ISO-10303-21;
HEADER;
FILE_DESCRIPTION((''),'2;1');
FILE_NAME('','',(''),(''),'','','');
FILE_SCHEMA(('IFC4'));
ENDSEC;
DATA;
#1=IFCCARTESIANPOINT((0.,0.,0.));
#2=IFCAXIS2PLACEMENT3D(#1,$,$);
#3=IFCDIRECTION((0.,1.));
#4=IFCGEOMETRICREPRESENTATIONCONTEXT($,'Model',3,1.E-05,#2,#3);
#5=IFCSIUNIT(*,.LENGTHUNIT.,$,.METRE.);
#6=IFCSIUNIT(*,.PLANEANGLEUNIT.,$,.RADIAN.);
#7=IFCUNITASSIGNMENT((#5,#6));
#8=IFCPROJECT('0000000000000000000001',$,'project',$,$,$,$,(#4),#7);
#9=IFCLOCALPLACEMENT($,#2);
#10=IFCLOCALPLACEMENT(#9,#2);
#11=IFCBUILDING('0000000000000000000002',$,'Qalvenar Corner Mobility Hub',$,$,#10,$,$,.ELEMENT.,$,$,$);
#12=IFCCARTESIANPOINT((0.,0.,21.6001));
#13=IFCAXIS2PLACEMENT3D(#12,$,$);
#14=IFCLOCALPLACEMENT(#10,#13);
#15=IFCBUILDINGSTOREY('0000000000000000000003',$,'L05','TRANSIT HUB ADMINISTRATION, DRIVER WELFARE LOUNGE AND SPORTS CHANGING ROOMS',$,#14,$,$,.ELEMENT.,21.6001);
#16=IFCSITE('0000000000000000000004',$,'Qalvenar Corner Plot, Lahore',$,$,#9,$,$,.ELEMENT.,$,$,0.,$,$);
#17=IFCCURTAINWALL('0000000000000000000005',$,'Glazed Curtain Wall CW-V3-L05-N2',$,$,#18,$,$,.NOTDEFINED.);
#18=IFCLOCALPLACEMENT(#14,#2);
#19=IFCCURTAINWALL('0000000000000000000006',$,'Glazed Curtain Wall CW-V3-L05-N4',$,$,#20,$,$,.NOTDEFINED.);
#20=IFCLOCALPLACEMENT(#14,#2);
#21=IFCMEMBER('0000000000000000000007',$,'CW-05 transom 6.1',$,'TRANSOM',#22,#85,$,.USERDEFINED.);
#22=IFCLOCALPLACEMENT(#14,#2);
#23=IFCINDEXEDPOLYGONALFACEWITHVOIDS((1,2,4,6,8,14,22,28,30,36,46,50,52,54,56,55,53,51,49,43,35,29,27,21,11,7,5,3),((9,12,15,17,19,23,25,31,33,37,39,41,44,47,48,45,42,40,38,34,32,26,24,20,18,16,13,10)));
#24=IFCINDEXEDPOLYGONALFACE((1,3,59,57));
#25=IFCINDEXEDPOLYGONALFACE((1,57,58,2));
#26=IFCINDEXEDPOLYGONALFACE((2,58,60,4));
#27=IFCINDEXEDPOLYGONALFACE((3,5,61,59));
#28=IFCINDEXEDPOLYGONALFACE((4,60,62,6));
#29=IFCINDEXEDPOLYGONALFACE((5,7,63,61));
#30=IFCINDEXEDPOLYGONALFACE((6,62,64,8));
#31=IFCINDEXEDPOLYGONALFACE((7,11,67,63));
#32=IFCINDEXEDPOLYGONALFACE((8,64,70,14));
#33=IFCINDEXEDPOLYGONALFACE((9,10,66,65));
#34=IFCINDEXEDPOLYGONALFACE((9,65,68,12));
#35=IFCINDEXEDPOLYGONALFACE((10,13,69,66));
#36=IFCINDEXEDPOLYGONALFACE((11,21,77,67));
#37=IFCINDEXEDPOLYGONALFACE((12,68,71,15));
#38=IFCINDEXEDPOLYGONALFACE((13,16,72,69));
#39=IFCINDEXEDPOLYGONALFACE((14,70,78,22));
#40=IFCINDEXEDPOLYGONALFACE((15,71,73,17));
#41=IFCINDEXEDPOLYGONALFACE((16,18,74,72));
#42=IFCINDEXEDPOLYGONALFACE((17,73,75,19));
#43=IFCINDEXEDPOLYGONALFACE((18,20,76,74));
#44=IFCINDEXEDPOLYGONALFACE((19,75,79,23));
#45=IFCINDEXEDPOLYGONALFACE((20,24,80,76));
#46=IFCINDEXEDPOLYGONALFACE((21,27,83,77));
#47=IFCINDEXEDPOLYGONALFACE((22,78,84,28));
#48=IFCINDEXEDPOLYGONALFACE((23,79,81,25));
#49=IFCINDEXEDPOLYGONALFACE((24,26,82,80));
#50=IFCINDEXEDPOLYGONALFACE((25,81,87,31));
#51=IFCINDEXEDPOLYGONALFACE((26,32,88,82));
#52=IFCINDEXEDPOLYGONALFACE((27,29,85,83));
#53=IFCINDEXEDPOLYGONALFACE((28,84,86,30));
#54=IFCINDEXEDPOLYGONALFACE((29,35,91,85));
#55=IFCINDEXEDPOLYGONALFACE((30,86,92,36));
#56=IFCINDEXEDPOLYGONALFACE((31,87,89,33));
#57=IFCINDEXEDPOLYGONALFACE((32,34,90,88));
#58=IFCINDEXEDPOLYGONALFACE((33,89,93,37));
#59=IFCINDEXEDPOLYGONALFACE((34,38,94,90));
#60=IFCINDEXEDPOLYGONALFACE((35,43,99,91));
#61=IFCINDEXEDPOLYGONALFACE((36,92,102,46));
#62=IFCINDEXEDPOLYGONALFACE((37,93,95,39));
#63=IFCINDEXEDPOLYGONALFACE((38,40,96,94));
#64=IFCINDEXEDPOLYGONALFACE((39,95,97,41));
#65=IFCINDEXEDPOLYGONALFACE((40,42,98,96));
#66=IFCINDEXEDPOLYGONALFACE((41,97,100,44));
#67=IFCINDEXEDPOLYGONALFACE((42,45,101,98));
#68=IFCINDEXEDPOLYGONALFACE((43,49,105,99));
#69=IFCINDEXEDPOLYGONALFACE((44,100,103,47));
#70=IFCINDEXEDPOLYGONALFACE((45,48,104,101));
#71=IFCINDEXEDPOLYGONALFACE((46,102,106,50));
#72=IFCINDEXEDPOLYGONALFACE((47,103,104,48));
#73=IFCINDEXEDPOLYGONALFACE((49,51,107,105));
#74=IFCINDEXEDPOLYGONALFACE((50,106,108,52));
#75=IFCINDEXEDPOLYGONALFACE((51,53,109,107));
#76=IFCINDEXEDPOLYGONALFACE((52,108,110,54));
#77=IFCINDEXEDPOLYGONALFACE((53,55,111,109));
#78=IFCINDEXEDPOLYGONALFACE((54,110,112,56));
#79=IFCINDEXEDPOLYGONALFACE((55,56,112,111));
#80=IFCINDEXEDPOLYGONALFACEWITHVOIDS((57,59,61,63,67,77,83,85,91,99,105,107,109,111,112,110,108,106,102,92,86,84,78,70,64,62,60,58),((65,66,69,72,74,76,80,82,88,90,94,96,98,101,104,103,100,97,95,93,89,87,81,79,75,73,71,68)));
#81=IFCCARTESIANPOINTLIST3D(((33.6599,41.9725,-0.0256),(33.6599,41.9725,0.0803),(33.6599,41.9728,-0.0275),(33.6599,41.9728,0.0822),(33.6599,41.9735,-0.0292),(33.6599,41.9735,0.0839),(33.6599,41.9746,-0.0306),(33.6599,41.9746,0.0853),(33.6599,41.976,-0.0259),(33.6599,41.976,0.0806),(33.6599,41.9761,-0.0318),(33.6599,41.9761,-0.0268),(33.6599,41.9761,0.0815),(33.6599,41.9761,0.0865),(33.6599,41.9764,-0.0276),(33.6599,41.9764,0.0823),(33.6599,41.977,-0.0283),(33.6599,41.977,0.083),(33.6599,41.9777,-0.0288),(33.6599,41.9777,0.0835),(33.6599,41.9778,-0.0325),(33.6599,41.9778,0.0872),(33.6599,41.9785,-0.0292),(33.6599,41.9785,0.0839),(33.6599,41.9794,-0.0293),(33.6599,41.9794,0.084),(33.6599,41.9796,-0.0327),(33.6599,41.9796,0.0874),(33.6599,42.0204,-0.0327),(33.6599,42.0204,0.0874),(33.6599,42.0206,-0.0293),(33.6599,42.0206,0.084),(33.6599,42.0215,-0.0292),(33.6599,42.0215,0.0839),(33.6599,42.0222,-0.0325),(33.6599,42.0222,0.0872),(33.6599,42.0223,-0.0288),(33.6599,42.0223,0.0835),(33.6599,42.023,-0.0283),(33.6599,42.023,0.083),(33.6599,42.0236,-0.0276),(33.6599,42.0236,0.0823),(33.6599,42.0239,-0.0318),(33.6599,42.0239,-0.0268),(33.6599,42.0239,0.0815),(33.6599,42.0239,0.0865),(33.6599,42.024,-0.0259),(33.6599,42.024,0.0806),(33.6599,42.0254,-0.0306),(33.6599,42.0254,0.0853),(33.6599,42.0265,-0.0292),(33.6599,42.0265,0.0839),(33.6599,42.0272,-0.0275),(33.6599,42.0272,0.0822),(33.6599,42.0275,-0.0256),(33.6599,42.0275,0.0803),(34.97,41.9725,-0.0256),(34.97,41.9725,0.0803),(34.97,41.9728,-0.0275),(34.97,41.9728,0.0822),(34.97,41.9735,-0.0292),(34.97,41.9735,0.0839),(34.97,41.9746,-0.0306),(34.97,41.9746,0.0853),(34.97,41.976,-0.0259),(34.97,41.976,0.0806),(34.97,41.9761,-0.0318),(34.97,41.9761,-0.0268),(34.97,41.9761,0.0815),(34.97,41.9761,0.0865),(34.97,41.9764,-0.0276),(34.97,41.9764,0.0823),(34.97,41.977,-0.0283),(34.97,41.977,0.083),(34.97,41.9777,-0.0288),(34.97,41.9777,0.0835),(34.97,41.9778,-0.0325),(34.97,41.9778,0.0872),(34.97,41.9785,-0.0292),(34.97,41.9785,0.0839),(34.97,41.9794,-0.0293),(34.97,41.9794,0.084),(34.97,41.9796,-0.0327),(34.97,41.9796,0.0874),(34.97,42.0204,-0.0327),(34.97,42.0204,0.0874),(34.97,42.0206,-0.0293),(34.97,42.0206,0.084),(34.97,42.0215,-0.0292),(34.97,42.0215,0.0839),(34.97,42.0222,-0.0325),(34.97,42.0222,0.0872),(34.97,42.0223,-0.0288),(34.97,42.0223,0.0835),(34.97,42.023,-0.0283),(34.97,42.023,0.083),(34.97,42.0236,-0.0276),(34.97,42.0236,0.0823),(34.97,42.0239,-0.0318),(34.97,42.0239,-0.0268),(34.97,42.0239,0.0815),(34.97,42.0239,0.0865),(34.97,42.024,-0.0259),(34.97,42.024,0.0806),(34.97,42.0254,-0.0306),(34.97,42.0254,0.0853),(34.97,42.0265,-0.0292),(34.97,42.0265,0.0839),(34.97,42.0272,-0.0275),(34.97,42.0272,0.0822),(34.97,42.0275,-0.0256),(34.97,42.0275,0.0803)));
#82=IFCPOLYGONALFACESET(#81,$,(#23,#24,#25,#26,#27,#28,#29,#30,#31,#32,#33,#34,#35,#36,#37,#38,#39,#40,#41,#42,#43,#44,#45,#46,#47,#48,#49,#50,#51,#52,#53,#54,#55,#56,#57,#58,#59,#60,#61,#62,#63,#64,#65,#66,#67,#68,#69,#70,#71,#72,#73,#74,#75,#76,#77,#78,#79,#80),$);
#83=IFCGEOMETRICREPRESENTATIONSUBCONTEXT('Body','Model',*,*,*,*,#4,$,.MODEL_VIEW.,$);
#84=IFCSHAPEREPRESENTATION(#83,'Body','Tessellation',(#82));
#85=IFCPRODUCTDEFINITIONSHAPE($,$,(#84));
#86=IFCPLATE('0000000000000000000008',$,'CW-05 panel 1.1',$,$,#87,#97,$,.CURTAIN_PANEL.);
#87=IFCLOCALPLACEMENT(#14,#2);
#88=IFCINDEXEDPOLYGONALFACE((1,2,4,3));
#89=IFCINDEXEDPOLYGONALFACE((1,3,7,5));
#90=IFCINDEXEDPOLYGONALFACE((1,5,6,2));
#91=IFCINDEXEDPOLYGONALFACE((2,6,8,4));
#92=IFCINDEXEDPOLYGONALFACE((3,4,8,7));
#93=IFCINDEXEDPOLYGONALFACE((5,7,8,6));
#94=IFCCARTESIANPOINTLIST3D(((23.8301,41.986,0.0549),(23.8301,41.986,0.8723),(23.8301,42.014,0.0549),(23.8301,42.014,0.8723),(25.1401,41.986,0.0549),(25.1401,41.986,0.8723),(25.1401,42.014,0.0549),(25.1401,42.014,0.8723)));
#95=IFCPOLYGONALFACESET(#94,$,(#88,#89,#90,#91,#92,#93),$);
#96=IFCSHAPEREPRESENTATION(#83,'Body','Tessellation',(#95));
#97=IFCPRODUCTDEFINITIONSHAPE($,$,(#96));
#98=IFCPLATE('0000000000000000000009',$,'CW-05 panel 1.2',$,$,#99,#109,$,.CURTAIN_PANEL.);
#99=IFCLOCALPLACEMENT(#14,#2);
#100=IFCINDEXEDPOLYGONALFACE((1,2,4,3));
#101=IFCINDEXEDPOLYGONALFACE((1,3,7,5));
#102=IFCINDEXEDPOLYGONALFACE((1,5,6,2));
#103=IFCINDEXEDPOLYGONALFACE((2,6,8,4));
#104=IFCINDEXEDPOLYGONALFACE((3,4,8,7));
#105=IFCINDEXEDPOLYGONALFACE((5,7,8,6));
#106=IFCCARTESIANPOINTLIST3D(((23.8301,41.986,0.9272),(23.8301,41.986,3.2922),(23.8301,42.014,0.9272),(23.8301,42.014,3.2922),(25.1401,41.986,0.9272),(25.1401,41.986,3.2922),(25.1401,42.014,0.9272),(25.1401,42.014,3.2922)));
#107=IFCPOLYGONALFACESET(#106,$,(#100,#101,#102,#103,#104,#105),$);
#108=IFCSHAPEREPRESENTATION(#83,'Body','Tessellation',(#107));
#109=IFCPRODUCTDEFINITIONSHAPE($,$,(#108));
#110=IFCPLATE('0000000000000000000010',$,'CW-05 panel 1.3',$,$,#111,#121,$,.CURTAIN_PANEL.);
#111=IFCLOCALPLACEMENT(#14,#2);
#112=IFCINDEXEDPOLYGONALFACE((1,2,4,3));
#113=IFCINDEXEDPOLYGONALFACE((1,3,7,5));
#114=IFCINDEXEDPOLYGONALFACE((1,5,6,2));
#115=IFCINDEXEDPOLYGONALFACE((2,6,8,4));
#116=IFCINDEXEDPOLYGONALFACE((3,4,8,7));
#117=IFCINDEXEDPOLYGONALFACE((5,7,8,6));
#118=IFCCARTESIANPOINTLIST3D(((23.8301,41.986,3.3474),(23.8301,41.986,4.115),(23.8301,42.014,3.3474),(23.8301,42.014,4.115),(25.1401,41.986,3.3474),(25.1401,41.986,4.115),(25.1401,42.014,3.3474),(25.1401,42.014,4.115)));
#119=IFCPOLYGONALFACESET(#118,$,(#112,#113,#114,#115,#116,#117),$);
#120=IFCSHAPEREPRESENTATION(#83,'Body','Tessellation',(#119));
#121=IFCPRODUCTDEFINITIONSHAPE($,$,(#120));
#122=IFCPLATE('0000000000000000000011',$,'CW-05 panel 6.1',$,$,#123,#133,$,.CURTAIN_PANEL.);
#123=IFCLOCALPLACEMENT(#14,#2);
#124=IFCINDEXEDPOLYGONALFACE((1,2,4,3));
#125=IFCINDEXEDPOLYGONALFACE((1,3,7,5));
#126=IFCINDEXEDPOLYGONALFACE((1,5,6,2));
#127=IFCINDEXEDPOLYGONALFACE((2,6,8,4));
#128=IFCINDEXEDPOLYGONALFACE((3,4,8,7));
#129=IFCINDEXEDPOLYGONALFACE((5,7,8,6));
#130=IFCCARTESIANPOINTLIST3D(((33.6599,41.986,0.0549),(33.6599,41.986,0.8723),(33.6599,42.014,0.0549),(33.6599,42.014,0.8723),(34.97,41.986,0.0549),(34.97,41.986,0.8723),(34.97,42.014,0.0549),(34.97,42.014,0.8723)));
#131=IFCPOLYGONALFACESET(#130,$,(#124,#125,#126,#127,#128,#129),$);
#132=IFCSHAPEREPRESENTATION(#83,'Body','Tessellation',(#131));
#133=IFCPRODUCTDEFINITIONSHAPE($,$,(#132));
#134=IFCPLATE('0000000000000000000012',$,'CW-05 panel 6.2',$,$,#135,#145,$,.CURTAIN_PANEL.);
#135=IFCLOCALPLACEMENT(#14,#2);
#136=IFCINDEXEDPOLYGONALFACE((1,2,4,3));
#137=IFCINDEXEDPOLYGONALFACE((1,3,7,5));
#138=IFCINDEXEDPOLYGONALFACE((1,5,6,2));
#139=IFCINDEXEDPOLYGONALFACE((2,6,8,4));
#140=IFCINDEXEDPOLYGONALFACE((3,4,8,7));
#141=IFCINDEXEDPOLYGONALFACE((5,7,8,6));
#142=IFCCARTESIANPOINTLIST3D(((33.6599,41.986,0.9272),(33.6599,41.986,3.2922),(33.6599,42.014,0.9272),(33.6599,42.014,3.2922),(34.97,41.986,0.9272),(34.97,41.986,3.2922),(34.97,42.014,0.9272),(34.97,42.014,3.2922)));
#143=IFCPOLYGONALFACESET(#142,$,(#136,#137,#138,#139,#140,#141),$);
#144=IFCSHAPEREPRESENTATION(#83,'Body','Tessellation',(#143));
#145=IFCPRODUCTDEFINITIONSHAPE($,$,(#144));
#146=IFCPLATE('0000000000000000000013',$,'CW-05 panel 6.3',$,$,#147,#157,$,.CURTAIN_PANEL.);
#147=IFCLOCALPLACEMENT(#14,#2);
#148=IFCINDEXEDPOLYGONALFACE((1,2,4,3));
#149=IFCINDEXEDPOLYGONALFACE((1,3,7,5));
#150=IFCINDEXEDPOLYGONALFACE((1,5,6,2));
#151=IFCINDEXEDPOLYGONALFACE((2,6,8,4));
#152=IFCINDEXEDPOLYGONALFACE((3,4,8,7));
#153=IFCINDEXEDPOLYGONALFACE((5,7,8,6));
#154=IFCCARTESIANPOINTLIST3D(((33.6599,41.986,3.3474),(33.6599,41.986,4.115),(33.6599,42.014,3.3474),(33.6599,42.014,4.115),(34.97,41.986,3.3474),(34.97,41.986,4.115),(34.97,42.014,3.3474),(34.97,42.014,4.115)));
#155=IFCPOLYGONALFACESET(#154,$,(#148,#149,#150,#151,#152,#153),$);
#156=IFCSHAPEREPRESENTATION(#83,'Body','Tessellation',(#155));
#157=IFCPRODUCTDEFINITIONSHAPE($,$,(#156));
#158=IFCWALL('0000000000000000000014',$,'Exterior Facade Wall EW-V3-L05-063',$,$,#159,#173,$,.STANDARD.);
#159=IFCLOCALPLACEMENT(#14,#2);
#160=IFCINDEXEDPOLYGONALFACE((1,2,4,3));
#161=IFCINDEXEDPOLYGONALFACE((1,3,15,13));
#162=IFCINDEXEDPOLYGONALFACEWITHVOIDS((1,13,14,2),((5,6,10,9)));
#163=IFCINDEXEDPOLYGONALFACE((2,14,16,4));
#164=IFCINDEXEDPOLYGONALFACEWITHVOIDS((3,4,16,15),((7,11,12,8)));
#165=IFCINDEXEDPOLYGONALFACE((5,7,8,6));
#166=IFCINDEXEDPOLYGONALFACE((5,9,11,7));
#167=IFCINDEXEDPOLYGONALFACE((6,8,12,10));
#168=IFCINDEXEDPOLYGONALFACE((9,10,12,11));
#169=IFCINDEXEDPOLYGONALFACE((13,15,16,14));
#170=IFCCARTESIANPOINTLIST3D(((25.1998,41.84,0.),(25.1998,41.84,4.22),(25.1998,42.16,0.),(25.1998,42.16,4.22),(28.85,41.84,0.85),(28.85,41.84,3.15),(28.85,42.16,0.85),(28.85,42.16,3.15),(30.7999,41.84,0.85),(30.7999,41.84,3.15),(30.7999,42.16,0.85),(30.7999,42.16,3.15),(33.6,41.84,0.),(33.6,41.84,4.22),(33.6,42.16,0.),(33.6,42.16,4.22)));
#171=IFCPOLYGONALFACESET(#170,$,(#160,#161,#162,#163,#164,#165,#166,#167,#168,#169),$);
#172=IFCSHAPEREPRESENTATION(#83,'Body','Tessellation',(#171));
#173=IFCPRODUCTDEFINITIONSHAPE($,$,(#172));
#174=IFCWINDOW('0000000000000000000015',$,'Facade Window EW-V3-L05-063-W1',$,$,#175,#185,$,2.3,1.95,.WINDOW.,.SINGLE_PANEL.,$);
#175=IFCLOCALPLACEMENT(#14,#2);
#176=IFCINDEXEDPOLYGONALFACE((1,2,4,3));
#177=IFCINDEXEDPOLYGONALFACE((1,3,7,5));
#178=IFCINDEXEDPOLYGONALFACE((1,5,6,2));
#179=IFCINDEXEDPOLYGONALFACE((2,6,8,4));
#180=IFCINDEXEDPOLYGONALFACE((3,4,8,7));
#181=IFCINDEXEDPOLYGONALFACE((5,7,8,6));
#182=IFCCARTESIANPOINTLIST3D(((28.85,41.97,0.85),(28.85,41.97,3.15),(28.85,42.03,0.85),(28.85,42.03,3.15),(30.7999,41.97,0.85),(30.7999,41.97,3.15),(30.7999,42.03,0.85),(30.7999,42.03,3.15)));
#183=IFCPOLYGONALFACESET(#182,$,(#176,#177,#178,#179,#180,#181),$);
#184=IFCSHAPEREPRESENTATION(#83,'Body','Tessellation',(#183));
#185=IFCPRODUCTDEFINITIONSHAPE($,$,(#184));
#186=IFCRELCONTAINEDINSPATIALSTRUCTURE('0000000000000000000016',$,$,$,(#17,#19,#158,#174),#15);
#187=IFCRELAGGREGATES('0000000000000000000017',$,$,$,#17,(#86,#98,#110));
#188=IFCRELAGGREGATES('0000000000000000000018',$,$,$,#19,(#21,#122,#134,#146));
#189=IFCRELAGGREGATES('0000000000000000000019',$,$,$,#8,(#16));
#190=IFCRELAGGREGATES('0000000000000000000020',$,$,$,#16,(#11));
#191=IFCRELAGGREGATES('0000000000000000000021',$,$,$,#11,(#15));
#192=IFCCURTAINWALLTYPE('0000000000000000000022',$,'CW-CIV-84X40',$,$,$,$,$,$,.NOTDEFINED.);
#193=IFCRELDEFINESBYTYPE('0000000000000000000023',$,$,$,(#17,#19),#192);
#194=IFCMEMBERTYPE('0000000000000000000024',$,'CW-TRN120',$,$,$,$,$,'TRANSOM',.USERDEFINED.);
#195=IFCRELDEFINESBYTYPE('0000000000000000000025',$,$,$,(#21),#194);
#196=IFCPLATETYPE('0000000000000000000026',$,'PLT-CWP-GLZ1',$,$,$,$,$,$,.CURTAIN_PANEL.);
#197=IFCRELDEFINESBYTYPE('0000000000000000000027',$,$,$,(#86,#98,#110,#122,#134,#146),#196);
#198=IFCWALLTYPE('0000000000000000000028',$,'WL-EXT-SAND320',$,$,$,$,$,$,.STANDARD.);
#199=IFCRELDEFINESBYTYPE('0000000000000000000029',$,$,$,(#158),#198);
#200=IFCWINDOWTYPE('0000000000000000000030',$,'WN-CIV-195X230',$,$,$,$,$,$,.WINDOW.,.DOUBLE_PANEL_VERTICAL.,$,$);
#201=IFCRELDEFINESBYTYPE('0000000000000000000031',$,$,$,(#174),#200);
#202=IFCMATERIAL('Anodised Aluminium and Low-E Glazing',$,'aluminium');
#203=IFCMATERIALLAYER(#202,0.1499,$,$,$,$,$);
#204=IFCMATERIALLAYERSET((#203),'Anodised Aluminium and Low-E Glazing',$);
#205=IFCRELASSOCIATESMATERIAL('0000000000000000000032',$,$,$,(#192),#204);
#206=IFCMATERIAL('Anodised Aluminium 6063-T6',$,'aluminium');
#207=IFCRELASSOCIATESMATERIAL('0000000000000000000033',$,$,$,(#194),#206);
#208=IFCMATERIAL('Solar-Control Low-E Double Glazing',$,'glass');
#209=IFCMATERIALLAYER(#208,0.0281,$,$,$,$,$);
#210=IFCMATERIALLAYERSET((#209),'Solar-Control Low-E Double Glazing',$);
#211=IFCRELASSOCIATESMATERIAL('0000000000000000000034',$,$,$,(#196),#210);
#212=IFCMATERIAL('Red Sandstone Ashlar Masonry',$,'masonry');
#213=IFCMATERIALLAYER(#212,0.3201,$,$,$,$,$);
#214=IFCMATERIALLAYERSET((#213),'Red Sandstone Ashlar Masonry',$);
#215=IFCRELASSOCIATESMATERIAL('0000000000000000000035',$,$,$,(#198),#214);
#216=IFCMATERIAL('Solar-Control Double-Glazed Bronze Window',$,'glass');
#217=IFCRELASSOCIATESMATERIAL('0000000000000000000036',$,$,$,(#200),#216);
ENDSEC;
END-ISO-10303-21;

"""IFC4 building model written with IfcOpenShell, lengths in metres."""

from ifc_helpers import new_model, si_unit, direction, frame, frame_2d, origin, origin_2d, place, context, subcontext, project, spatial, rectangle, hollow_rectangle, extrude, material, layer, layer_set, material_profile, profile_set, type_object, element, fill, aggregate, save


model = new_model("IFC4")

# Units and contexts
model_context = context("Model", 3, precision=1e-05, world=origin(), true_north=direction((0.0, 1.0)))
body_context = subcontext(model_context, "Body", "Model", "MODEL_VIEW")
ifc_project = project(units=[si_unit("LENGTHUNIT", "METRE"), si_unit("PLANEANGLEUNIT", "RADIAN")], contexts=[model_context])

# Site, building, storey
site_placement = place(None, origin())
site = spatial("IfcSite", under=ifc_project, at=site_placement, Name="Qalvenar Corner Plot, Lahore", CompositionType="ELEMENT", RefElevation=0.0)
building_placement = place(site_placement, origin())
building = spatial("IfcBuilding", under=site, at=building_placement, Name="Qalvenar Corner Mobility Hub", CompositionType="ELEMENT")
storey_placement = place(building_placement, frame((0.0, 0.0, 21.6001)))
storey = spatial("IfcBuildingStorey", under=building, at=storey_placement, Name="L05", Description="TRANSIT HUB ADMINISTRATION, DRIVER WELFARE LOUNGE AND SPORTS CHANGING ROOMS", CompositionType="ELEMENT", Elevation=21.6001)

# Curtain wall
ifc_material_1 = material(Name="Anodised Aluminium and Low-E Glazing", Category="aluminium")
ifc_layer_1 = layer(ifc_material_1, 0.1499)
ifc_layer_set_1 = layer_set([ifc_layer_1], Name="Anodised Aluminium and Low-E Glazing")
curtain_wall_type = type_object("IfcCurtainWallType", Name="CW-CIV-84X40", PredefinedType="NOTDEFINED", material=ifc_layer_set_1)
curtain_wall_1_placement = place(storey_placement, origin())
curtain_wall_1 = element("IfcCurtainWall", 1, at=curtain_wall_1_placement, inside=storey, type_object=curtain_wall_type, Name="Glazed Curtain Wall CW-V3-L05-N2", PredefinedType="NOTDEFINED")
ifc_material_2 = material(Name="Anodised Aluminium 6063-T6", Category="aluminium")

# Curtain wall
curtain_wall_2_placement = place(storey_placement, origin())
curtain_wall_2 = element("IfcCurtainWall", 2, at=curtain_wall_2_placement, inside=storey, type_object=curtain_wall_type, Name="Glazed Curtain Wall CW-V3-L05-N4", PredefinedType="NOTDEFINED")

# Member
ifc_material_profile_1 = material_profile(ifc_material_2, hollow_rectangle(XDim=0.0549, YDim=0.1201, WallThickness=0.0034, InnerFilletRadius=0.0034, OuterFilletRadius=0.0071, at=origin_2d()), Name="RHS120x55x3.5")
ifc_profile_set_1 = profile_set([ifc_material_profile_1], Name="Anodised Aluminium 6063-T6")
member_type_1 = type_object("IfcMemberType", Name="CW-TRN120", ElementType="TRANSOM", PredefinedType="USERDEFINED", material=ifc_profile_set_1)
member_1_placement = place(storey_placement, frame((34.97, 42.0, 0.0273), z_axis=(-1.0, 0.0, 0.0), x_axis=(0.0, -1.0, 0.0)))
member_1 = element("IfcMember", 3, at=member_1_placement, type_object=member_type_1, Name="CW-05 transom 6.1", ObjectType="TRANSOM", PredefinedType="USERDEFINED", context=body_context, shape_type="SweptSolid", body=[
    extrude(hollow_rectangle(XDim=0.0549, YDim=0.1201, WallThickness=0.0034, InnerFilletRadius=0.0034, OuterFilletRadius=0.0071, at=origin_2d()), origin(), (0.0, 0.0, 1.0), 1.3101),
])

# Plates
ifc_material_3 = material(Name="Solar-Control Low-E Double Glazing", Category="glass")
ifc_layer_2 = layer(ifc_material_3, 0.0281)
ifc_layer_set_2 = layer_set([ifc_layer_2], Name="Solar-Control Low-E Double Glazing")
plate_type = type_object("IfcPlateType", Name="PLT-CWP-GLZ1", PredefinedType="CURTAIN_PANEL", material=ifc_layer_set_2)
plate_1_placement = place(storey_placement, frame((24.4851, 42.0, 0.0549), z_axis=(0.0, 0.0, 1.0), x_axis=(-1.0, 0.0, 0.0)))
plate_1 = element("IfcPlate", 4, at=plate_1_placement, type_object=plate_type, Name="CW-05 panel 1.1", PredefinedType="CURTAIN_PANEL", context=body_context, shape_type="SweptSolid", body=[
    extrude(rectangle(XDim=1.3101, YDim=0.0281, at=origin_2d()), origin(), (0.0, 0.0, 1.0), 0.8174),
])
plate_2_placement = place(storey_placement, frame((24.4851, 42.0, 0.9272), z_axis=(0.0, 0.0, 1.0), x_axis=(-1.0, 0.0, 0.0)))
plate_2 = element("IfcPlate", 5, at=plate_2_placement, type_object=plate_type, Name="CW-05 panel 1.2", PredefinedType="CURTAIN_PANEL", context=body_context, shape_type="SweptSolid", body=[
    extrude(rectangle(XDim=1.3101, YDim=0.0281, at=origin_2d()), origin(), (0.0, 0.0, 1.0), 2.365),
])
plate_3_placement = place(storey_placement, frame((24.4851, 42.0, 3.3474), z_axis=(0.0, 0.0, 1.0), x_axis=(-1.0, 0.0, 0.0)))
plate_3 = element("IfcPlate", 6, at=plate_3_placement, type_object=plate_type, Name="CW-05 panel 1.3", PredefinedType="CURTAIN_PANEL", context=body_context, shape_type="SweptSolid", body=[
    extrude(rectangle(XDim=1.3101, YDim=0.0281, at=origin_2d()), origin(), (0.0, 0.0, 1.0), 0.7676),
])
aggregate(curtain_wall_1, [plate_1, plate_2, plate_3])
plate_4_placement = place(storey_placement, frame((34.3149, 42.0, 0.0549), z_axis=(0.0, 0.0, 1.0), x_axis=(-1.0, 0.0, 0.0)))
plate_4 = element("IfcPlate", 7, at=plate_4_placement, type_object=plate_type, Name="CW-05 panel 6.1", PredefinedType="CURTAIN_PANEL", context=body_context, shape_type="SweptSolid", body=[
    extrude(rectangle(XDim=1.3101, YDim=0.0281, at=origin_2d()), origin(), (0.0, 0.0, 1.0), 0.8174),
])
plate_5_placement = place(storey_placement, frame((34.3149, 42.0, 0.9272), z_axis=(0.0, 0.0, 1.0), x_axis=(-1.0, 0.0, 0.0)))
plate_5 = element("IfcPlate", 8, at=plate_5_placement, type_object=plate_type, Name="CW-05 panel 6.2", PredefinedType="CURTAIN_PANEL", context=body_context, shape_type="SweptSolid", body=[
    extrude(rectangle(XDim=1.3101, YDim=0.0281, at=origin_2d()), origin(), (0.0, 0.0, 1.0), 2.365),
])
plate_6_placement = place(storey_placement, frame((34.3149, 42.0, 3.3474), z_axis=(0.0, 0.0, 1.0), x_axis=(-1.0, 0.0, 0.0)))
plate_6 = element("IfcPlate", 9, at=plate_6_placement, type_object=plate_type, Name="CW-05 panel 6.3", PredefinedType="CURTAIN_PANEL", context=body_context, shape_type="SweptSolid", body=[
    extrude(rectangle(XDim=1.3101, YDim=0.0281, at=origin_2d()), origin(), (0.0, 0.0, 1.0), 0.7676),
])
aggregate(curtain_wall_2, [member_1, plate_4, plate_5, plate_6])

# Wall, opening, window
ifc_material_4 = material(Name="Red Sandstone Ashlar Masonry", Category="masonry")
ifc_layer_3 = layer(ifc_material_4, 0.3201)
ifc_layer_set_3 = layer_set([ifc_layer_3], Name="Red Sandstone Ashlar Masonry")
wall_type = type_object("IfcWallType", Name="WL-EXT-SAND320", PredefinedType="STANDARD", material=ifc_layer_set_3)
wall_placement = place(storey_placement, frame((33.6001, 42.0, 0.0), z_axis=(0.0, 0.0, 1.0), x_axis=(-1.0, 0.0, 0.0)))
wall = element("IfcWall", 10, at=wall_placement, inside=storey, type_object=wall_type, Name="Exterior Facade Wall EW-V3-L05-063", PredefinedType="STANDARD", context=body_context, shape_type="SweptSolid", body=[
    extrude(rectangle(XDim=8.4001, YDim=0.3201, at=frame_2d((4.2002, 0.0))), origin(), (0.0, 0.0, 1.0), 4.22),
])
opening_placement = place(wall_placement, frame((2.8, 0.0, 0.8501)))
opening = element("IfcOpeningElement", 11, at=opening_placement, cuts=wall, PredefinedType="OPENING", context=body_context, shape_type="SweptSolid", body=[
    extrude(rectangle(XDim=1.95, YDim=2.3, at=frame_2d((0.9751, 1.1499))), frame((0.0, 0.1699, 0.0), z_axis=(0.0, -1.0, 0.0), x_axis=(1.0, 0.0, 0.0)), (0.0, 0.0, 1.0), 0.3401),
])
ifc_material_5 = material(Name="Solar-Control Double-Glazed Bronze Window", Category="glass")
window_type = type_object("IfcWindowType", Name="WN-CIV-195X230", PartitioningType="DOUBLE_PANEL_VERTICAL", PredefinedType="WINDOW", material=ifc_material_5)
window_placement = place(opening_placement, origin())
window = element("IfcWindow", 12, at=window_placement, inside=storey, type_object=window_type, Name="Facade Window EW-V3-L05-063-W1", OverallHeight=2.3, OverallWidth=1.95, PartitioningType="SINGLE_PANEL", PredefinedType="WINDOW", context=body_context, shape_type="SweptSolid", body=[
    extrude(rectangle(XDim=1.95, YDim=2.3, at=frame_2d((0.9751, 1.1499))), frame((0.0, 0.03, 0.0), z_axis=(0.0, -1.0, 0.0), x_axis=(1.0, 0.0, 0.0)), (0.0, 0.0, 1.0), 0.0601),
])
fill(opening, window)

save(model, "model.ifc")
